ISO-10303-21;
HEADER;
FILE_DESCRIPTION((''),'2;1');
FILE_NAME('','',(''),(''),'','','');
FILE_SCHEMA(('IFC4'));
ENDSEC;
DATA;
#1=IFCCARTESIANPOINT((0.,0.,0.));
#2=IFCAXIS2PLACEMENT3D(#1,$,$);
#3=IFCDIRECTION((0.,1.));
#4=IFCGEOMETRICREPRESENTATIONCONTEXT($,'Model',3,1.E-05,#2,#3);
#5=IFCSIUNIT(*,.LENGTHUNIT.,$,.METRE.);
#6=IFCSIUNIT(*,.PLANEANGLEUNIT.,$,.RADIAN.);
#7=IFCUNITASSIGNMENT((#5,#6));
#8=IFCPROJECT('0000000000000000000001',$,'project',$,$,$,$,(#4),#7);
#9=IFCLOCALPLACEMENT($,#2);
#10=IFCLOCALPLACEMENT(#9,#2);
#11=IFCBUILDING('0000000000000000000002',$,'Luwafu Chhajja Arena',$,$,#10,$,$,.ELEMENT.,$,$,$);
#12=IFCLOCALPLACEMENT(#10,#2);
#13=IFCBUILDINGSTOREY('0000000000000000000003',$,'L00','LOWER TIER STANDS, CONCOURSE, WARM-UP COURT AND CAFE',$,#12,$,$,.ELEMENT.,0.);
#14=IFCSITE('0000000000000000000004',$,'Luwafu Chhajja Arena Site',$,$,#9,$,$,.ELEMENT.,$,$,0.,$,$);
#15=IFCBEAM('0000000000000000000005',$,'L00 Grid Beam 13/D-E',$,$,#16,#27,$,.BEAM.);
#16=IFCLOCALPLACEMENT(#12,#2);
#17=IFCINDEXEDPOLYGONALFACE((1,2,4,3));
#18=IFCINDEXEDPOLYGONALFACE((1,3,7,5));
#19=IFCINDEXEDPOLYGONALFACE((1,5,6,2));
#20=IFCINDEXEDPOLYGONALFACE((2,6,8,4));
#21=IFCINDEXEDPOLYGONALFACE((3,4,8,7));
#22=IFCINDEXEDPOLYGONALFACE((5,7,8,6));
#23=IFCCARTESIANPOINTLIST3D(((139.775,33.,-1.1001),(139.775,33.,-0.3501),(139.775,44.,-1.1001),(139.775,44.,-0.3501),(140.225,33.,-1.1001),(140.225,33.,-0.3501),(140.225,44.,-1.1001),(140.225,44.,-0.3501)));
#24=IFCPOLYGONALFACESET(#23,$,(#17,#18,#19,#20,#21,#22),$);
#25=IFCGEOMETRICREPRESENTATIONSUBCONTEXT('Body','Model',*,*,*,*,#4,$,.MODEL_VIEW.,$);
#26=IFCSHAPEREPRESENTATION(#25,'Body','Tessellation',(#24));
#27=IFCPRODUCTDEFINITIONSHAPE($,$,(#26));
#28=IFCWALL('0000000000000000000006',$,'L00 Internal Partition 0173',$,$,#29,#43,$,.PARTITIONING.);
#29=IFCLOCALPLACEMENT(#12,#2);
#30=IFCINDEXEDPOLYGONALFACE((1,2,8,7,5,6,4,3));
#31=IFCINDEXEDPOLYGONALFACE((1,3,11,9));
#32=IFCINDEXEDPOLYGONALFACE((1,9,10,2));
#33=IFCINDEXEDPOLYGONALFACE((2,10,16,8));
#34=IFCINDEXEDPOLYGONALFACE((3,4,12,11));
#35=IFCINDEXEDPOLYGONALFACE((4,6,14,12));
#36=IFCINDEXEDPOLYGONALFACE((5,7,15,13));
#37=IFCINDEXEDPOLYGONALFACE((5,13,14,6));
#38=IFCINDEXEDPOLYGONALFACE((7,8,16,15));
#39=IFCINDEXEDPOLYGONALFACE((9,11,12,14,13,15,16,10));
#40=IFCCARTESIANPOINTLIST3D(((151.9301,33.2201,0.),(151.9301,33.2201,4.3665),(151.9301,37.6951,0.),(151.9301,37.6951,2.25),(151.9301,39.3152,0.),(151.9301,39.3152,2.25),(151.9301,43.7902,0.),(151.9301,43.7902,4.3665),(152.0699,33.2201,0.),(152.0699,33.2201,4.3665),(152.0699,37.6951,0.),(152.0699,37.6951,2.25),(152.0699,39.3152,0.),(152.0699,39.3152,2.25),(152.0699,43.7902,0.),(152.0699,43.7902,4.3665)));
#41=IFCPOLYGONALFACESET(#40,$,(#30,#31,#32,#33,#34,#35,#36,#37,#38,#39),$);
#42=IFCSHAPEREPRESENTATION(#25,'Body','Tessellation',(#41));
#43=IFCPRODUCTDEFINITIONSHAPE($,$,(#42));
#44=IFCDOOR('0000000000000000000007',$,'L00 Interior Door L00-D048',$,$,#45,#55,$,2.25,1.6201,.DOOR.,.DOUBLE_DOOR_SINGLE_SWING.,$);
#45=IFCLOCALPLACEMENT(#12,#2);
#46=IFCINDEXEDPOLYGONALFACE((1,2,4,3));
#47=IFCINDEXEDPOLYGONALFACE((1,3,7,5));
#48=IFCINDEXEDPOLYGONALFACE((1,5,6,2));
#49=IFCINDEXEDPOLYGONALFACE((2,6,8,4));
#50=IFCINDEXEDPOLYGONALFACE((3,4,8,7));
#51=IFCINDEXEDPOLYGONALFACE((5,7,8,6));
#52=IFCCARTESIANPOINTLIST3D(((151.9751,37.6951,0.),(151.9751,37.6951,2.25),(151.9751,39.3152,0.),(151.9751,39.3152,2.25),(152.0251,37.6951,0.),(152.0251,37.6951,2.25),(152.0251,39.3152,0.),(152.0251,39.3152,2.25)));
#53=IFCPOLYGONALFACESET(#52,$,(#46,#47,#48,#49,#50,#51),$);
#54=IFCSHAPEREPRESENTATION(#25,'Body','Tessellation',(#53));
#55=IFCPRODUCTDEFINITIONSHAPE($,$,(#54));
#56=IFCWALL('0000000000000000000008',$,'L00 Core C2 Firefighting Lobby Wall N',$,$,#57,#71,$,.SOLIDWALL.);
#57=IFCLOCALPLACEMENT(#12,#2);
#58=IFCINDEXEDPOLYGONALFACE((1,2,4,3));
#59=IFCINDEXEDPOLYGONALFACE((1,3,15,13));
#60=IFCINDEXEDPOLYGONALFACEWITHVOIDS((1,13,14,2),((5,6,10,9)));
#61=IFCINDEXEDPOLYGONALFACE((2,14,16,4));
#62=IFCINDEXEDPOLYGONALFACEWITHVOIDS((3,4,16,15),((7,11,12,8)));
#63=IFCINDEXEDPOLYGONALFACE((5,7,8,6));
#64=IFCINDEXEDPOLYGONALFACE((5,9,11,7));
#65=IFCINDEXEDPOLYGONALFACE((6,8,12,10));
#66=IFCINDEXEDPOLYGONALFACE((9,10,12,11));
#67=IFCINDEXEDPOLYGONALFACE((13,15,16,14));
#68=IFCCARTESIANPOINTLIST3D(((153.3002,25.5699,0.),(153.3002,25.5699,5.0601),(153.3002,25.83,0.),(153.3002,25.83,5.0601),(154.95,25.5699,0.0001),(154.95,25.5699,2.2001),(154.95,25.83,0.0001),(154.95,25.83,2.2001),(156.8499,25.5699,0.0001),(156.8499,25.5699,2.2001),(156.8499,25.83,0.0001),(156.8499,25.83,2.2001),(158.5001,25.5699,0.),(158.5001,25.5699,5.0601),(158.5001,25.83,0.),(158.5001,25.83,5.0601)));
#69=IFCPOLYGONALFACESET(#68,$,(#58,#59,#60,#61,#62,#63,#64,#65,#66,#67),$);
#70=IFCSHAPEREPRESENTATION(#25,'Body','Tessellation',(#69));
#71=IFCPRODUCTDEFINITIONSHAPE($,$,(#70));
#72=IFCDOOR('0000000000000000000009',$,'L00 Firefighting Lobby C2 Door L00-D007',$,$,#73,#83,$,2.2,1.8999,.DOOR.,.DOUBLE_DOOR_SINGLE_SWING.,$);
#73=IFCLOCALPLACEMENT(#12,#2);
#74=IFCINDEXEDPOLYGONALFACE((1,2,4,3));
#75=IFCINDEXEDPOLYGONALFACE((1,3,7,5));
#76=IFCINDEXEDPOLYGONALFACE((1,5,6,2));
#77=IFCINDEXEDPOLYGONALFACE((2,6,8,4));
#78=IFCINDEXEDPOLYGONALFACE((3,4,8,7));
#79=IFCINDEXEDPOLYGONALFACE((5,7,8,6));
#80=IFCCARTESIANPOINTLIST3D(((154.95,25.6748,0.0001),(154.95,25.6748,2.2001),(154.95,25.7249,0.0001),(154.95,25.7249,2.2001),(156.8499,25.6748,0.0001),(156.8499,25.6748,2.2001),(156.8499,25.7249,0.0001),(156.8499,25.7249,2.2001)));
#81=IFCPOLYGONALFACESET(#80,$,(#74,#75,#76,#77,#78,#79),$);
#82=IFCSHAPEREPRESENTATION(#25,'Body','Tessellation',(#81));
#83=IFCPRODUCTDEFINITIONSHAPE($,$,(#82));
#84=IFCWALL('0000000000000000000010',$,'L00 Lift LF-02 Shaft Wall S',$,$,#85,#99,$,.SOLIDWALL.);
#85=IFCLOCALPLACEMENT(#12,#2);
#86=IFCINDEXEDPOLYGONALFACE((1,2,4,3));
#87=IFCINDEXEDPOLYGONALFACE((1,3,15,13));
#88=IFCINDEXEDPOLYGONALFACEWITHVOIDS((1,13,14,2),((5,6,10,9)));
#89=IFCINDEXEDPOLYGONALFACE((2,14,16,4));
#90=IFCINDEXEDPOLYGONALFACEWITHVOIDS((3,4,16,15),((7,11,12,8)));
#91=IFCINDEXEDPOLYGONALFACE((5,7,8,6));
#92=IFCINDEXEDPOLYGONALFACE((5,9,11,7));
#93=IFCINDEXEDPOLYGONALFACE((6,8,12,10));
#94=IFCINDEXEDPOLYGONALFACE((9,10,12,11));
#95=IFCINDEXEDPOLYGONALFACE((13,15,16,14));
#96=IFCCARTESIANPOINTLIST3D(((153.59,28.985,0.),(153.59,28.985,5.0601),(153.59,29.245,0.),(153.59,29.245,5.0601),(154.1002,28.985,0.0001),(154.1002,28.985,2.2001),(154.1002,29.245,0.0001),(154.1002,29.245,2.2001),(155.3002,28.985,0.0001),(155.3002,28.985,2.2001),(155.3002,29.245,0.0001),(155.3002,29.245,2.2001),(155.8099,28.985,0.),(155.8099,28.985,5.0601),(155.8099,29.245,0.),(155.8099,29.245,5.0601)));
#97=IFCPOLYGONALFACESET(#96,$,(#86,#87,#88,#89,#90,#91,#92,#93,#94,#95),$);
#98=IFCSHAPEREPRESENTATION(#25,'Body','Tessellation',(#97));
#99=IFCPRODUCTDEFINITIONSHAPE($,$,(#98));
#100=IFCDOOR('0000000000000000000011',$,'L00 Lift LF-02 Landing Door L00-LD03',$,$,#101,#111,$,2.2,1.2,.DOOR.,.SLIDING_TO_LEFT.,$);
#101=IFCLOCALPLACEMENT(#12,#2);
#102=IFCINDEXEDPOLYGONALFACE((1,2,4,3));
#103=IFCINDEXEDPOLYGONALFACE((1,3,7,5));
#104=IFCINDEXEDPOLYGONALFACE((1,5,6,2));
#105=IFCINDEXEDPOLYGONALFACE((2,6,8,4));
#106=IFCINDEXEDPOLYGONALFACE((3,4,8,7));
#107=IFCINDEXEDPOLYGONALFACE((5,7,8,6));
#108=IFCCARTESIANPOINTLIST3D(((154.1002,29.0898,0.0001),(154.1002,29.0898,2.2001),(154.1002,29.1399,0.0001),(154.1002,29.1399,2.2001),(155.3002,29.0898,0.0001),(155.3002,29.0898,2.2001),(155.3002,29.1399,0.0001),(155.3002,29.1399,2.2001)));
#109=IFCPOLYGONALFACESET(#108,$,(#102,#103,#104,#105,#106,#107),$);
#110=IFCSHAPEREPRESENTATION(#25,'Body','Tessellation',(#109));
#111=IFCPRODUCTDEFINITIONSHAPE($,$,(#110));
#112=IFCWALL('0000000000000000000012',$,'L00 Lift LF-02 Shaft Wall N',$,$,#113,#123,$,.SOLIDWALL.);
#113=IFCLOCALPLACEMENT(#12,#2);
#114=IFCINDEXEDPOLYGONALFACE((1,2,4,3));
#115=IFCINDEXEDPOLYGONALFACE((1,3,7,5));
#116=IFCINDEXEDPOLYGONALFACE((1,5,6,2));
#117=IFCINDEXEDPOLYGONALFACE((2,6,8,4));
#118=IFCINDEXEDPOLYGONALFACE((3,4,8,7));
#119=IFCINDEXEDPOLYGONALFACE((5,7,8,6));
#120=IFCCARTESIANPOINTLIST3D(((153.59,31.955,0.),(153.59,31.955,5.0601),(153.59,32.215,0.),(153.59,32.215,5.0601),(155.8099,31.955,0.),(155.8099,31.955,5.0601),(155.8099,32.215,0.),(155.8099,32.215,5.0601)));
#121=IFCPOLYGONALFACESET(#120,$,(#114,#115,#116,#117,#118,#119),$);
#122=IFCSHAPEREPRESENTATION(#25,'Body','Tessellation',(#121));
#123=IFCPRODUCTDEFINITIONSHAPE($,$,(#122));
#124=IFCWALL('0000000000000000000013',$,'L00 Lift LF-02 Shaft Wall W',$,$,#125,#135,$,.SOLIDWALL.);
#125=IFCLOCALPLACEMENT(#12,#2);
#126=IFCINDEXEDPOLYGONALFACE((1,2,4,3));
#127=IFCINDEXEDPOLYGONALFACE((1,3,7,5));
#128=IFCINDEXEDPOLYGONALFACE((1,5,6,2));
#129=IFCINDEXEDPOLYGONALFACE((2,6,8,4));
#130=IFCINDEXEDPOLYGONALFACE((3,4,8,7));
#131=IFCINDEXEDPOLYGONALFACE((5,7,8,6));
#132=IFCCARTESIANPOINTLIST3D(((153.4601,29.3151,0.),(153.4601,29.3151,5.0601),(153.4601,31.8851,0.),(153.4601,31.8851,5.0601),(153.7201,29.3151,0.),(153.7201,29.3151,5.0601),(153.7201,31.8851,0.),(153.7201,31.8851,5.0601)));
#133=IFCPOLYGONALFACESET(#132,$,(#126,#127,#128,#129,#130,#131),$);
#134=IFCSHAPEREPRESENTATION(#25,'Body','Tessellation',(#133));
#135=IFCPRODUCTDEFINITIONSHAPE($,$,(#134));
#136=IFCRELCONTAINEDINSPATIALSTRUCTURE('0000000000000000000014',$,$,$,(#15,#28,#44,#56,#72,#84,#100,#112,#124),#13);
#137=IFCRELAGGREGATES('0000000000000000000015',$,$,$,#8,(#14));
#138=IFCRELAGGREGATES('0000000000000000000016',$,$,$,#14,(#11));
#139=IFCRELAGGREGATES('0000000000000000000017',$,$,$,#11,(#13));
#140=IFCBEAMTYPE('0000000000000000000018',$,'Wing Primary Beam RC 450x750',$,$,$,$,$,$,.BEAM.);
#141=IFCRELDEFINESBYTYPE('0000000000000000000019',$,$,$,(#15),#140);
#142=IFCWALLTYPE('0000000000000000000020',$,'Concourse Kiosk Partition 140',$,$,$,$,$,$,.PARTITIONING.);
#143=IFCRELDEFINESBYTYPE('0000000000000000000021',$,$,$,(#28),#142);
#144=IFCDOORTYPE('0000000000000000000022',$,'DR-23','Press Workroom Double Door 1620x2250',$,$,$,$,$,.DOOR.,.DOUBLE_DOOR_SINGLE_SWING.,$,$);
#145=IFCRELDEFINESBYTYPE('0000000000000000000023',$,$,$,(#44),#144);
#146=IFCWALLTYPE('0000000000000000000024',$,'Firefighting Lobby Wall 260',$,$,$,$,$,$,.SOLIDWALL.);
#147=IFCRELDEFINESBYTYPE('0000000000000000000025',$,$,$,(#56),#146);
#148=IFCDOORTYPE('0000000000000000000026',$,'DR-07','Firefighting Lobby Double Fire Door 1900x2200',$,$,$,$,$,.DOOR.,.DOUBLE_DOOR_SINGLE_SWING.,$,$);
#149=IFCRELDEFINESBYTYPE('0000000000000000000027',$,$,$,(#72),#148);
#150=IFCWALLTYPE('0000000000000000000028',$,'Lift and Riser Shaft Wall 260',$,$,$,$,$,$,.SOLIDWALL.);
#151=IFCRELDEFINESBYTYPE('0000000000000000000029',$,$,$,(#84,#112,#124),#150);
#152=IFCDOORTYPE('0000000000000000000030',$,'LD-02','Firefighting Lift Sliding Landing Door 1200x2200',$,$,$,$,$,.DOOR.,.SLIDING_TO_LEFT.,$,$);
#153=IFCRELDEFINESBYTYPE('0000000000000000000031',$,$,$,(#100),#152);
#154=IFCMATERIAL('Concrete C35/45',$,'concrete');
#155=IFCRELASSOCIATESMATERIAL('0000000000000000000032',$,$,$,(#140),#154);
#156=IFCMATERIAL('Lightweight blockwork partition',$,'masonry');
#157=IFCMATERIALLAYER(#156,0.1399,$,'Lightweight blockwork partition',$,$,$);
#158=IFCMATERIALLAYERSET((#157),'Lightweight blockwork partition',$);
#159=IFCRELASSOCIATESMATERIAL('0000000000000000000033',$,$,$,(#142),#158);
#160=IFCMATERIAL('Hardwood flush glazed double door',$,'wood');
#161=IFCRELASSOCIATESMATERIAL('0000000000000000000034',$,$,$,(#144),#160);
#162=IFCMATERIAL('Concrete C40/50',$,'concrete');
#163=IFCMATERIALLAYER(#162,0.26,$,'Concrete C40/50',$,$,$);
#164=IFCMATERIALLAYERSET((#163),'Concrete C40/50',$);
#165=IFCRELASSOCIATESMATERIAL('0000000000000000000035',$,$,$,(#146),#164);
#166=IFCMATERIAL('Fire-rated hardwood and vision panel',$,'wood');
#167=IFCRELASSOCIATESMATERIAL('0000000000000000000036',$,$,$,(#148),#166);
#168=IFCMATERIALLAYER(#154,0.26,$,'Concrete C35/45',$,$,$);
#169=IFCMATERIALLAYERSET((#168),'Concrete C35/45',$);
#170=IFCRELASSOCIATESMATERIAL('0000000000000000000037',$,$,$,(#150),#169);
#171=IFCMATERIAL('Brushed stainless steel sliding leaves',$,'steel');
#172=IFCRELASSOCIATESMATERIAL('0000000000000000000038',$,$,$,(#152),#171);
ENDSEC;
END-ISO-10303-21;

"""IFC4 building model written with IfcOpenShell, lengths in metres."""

from ifc_helpers import new_model, si_unit, direction, frame, frame_2d, origin, origin_2d, place, context, subcontext, project, spatial, rectangle, extrude, material, layer, layer_set, material_profile, profile_set, type_object, element, fill, save


model = new_model("IFC4")

# Units and contexts
model_context = context("Model", 3, precision=1e-05, world=origin(), true_north=direction((0.0, 1.0)))
body_context = subcontext(model_context, "Body", "Model", "MODEL_VIEW")
ifc_project = project(units=[si_unit("LENGTHUNIT", "METRE"), si_unit("PLANEANGLEUNIT", "RADIAN")], contexts=[model_context])

# Site, building, storey
site_placement = place(None, origin())
site = spatial("IfcSite", under=ifc_project, at=site_placement, Name="Luwafu Chhajja Arena Site", CompositionType="ELEMENT", RefElevation=0.0)
building_placement = place(site_placement, origin())
building = spatial("IfcBuilding", under=site, at=building_placement, Name="Luwafu Chhajja Arena", CompositionType="ELEMENT")
storey_placement = place(building_placement, origin())
storey = spatial("IfcBuildingStorey", under=building, at=storey_placement, Name="L00", Description="LOWER TIER STANDS, CONCOURSE, WARM-UP COURT AND CAFE", CompositionType="ELEMENT", Elevation=0.0)

# Shared definitions
ifc_material_1 = material(Name="Concrete C40/50", Category="concrete")
ifc_material_2 = material(Name="Concrete C35/45", Category="concrete")

# Beam
ifc_material_profile_1 = material_profile(ifc_material_2, rectangle(XDim=0.45, YDim=0.75, at=origin_2d()), Name="RC 450x750")
ifc_profile_set_1 = profile_set([ifc_material_profile_1], Name="Concrete C35/45")
beam_type_1 = type_object("IfcBeamType", Name="Wing Primary Beam RC 450x750", PredefinedType="BEAM", material=ifc_profile_set_1)
beam_1_placement = place(storey_placement, frame((140.0, 33.0, -0.7251), z_axis=(0.0, 1.0, 0.0), x_axis=(-1.0, 0.0, 0.0)))
element("IfcBeam", 1, at=beam_1_placement, inside=storey, type_object=beam_type_1, Name="L00 Grid Beam 13/D-E", PredefinedType="BEAM", context=body_context, shape_type="SweptSolid", body=[
    extrude(rectangle(XDim=0.45, YDim=0.75, at=origin_2d()), origin(), (0.0, 0.0, 1.0), 11.0),
])

# Walls, openings, doors
ifc_material_3 = material(Name="Lightweight blockwork partition", Category="masonry")
ifc_layer_1 = layer(ifc_material_3, 0.1399, Name="Lightweight blockwork partition")
ifc_layer_set_1 = layer_set([ifc_layer_1], Name="Lightweight blockwork partition")
wall_type_1 = type_object("IfcWallType", Name="Concourse Kiosk Partition 140", PredefinedType="PARTITIONING", material=ifc_layer_set_1)
wall_1_placement = place(storey_placement, frame((152.0, 33.22, 0.0), z_axis=(0.0, 0.0, 1.0), x_axis=(0.0, 1.0, 0.0)))
wall_1 = element("IfcWall", 2, at=wall_1_placement, inside=storey, type_object=wall_type_1, Name="L00 Internal Partition 0173", PredefinedType="PARTITIONING", context=body_context, shape_type="SweptSolid", body=[
    extrude(rectangle(XDim=10.5701, YDim=0.1399, at=frame_2d((5.2852, 0.0))), origin(), (0.0, 0.0, 1.0), 4.3665),
])
opening_1_placement = place(wall_1_placement, frame((4.4751, 0.0, 0.0)))
opening_1 = element("IfcOpeningElement", 3, at=opening_1_placement, cuts=wall_1, PredefinedType="OPENING", context=body_context, shape_type="SweptSolid", body=[
    extrude(rectangle(XDim=1.6201, YDim=2.25, at=frame_2d((0.8101, 1.125))), frame((0.0, 0.0798, 0.0), z_axis=(0.0, -1.0, 0.0), x_axis=(1.0, 0.0, 0.0)), (0.0, 0.0, 1.0), 0.1599),
])
ifc_material_4 = material(Name="Hardwood flush glazed double door", Category="wood")
door_type_1 = type_object("IfcDoorType", Name="DR-23", Description="Press Workroom Double Door 1620x2250", OperationType="DOUBLE_DOOR_SINGLE_SWING", PredefinedType="DOOR", material=ifc_material_4)
door_1_placement = place(opening_1_placement, origin())
door_1 = element("IfcDoor", 4, at=door_1_placement, inside=storey, type_object=door_type_1, Name="L00 Interior Door L00-D048", OperationType="DOUBLE_DOOR_SINGLE_SWING", OverallHeight=2.25, OverallWidth=1.6201, PredefinedType="DOOR", context=body_context, shape_type="SweptSolid", body=[
    extrude(rectangle(XDim=1.6201, YDim=2.25, at=frame_2d((0.8101, 1.125))), frame((0.0, 0.0249, 0.0), z_axis=(0.0, -1.0, 0.0), x_axis=(1.0, 0.0, 0.0)), (0.0, 0.0, 1.0), 0.05),
])
fill(opening_1, door_1)
ifc_layer_2 = layer(ifc_material_1, 0.26, Name="Concrete C40/50")
ifc_layer_set_2 = layer_set([ifc_layer_2], Name="Concrete C40/50")
wall_type_2 = type_object("IfcWallType", Name="Firefighting Lobby Wall 260", PredefinedType="SOLIDWALL", material=ifc_layer_set_2)
wall_2_placement = place(storey_placement, frame((153.3, 25.7, 0.0), z_axis=(0.0, 0.0, 1.0), x_axis=(1.0, 0.0, 0.0)))
wall_2 = element("IfcWall", 5, at=wall_2_placement, inside=storey, type_object=wall_type_2, Name="L00 Core C2 Firefighting Lobby Wall N", PredefinedType="SOLIDWALL", context=body_context, shape_type="SweptSolid", body=[
    extrude(rectangle(XDim=5.2, YDim=0.26, at=frame_2d((2.6001, 0.0))), origin(), (0.0, 0.0, 1.0), 5.0601),
])
opening_2_placement = place(wall_2_placement, frame((1.6499, 0.0, 0.0)))
opening_2 = element("IfcOpeningElement", 6, at=opening_2_placement, cuts=wall_2, PredefinedType="OPENING", context=body_context, shape_type="SweptSolid", body=[
    extrude(rectangle(XDim=1.8999, YDim=2.2, at=frame_2d((0.95, 1.1001))), frame((0.0, 0.1399, 0.0), z_axis=(0.0, -1.0, 0.0), x_axis=(1.0, 0.0, 0.0)), (0.0, 0.0, 1.0), 0.28),
])
ifc_material_5 = material(Name="Fire-rated hardwood and vision panel", Category="wood")
door_type_2 = type_object("IfcDoorType", Name="DR-07", Description="Firefighting Lobby Double Fire Door 1900x2200", OperationType="DOUBLE_DOOR_SINGLE_SWING", PredefinedType="DOOR", material=ifc_material_5)
door_2_placement = place(opening_2_placement, origin())
door_2 = element("IfcDoor", 7, at=door_2_placement, inside=storey, type_object=door_type_2, Name="L00 Firefighting Lobby C2 Door L00-D007", OperationType="DOUBLE_DOOR_SINGLE_SWING", OverallHeight=2.2, OverallWidth=1.8999, PredefinedType="DOOR", context=body_context, shape_type="SweptSolid", body=[
    extrude(rectangle(XDim=1.8999, YDim=2.2, at=frame_2d((0.95, 1.1001))), frame((0.0, 0.0249, 0.0), z_axis=(0.0, -1.0, 0.0), x_axis=(1.0, 0.0, 0.0)), (0.0, 0.0, 1.0), 0.05),
])
fill(opening_2, door_2)
ifc_layer_3 = layer(ifc_material_2, 0.26, Name="Concrete C35/45")
ifc_layer_set_3 = layer_set([ifc_layer_3], Name="Concrete C35/45")
wall_type_3 = type_object("IfcWallType", Name="Lift and Riser Shaft Wall 260", PredefinedType="SOLIDWALL", material=ifc_layer_set_3)
wall_3_placement = place(storey_placement, frame((153.5901, 29.115, 0.0), z_axis=(0.0, 0.0, 1.0), x_axis=(1.0, 0.0, 0.0)))
wall_3 = element("IfcWall", 8, at=wall_3_placement, inside=storey, type_object=wall_type_3, Name="L00 Lift LF-02 Shaft Wall S", PredefinedType="SOLIDWALL", context=body_context, shape_type="SweptSolid", body=[
    extrude(rectangle(XDim=2.22, YDim=0.26, at=frame_2d((1.1099, 0.0))), origin(), (0.0, 0.0, 1.0), 5.0601),
])
opening_3_placement = place(wall_3_placement, frame((0.51, 0.0, 0.0)))
opening_3 = element("IfcOpeningElement", 9, at=opening_3_placement, cuts=wall_3, PredefinedType="OPENING", context=body_context, shape_type="SweptSolid", body=[
    extrude(rectangle(XDim=1.2, YDim=2.2, at=frame_2d((0.6001, 1.1001))), frame((0.0, 0.1399, 0.0), z_axis=(0.0, -1.0, 0.0), x_axis=(1.0, 0.0, 0.0)), (0.0, 0.0, 1.0), 0.28),
])
ifc_material_6 = material(Name="Brushed stainless steel sliding leaves", Category="steel")
door_type_3 = type_object("IfcDoorType", Name="LD-02", Description="Firefighting Lift Sliding Landing Door 1200x2200", OperationType="SLIDING_TO_LEFT", PredefinedType="DOOR", material=ifc_material_6)
door_3_placement = place(opening_3_placement, origin())
door_3 = element("IfcDoor", 10, at=door_3_placement, inside=storey, type_object=door_type_3, Name="L00 Lift LF-02 Landing Door L00-LD03", OperationType="SLIDING_TO_LEFT", OverallHeight=2.2, OverallWidth=1.2, PredefinedType="DOOR", context=body_context, shape_type="SweptSolid", body=[
    extrude(rectangle(XDim=1.2, YDim=2.2, at=frame_2d((0.6001, 1.1001))), frame((0.0, 0.0249, 0.0), z_axis=(0.0, -1.0, 0.0), x_axis=(1.0, 0.0, 0.0)), (0.0, 0.0, 1.0), 0.05),
])
fill(opening_3, door_3)

# Walls
wall_4_placement = place(storey_placement, frame((153.5901, 32.085, 0.0), z_axis=(0.0, 0.0, 1.0), x_axis=(1.0, 0.0, 0.0)))
element("IfcWall", 11, at=wall_4_placement, inside=storey, type_object=wall_type_3, Name="L00 Lift LF-02 Shaft Wall N", PredefinedType="SOLIDWALL", context=body_context, shape_type="SweptSolid", body=[
    extrude(rectangle(XDim=2.22, YDim=0.26, at=frame_2d((1.1099, 0.0))), origin(), (0.0, 0.0, 1.0), 5.0601),
])
wall_5_placement = place(storey_placement, frame((153.5901, 29.3149, 0.0), z_axis=(0.0, 0.0, 1.0), x_axis=(0.0, 1.0, 0.0)))
element("IfcWall", 12, at=wall_5_placement, inside=storey, type_object=wall_type_3, Name="L00 Lift LF-02 Shaft Wall W", PredefinedType="SOLIDWALL", context=body_context, shape_type="SweptSolid", body=[
    extrude(rectangle(XDim=2.5701, YDim=0.26, at=frame_2d((1.2852, 0.0))), origin(), (0.0, 0.0, 1.0), 5.0601),
])

save(model, "model.ifc")
